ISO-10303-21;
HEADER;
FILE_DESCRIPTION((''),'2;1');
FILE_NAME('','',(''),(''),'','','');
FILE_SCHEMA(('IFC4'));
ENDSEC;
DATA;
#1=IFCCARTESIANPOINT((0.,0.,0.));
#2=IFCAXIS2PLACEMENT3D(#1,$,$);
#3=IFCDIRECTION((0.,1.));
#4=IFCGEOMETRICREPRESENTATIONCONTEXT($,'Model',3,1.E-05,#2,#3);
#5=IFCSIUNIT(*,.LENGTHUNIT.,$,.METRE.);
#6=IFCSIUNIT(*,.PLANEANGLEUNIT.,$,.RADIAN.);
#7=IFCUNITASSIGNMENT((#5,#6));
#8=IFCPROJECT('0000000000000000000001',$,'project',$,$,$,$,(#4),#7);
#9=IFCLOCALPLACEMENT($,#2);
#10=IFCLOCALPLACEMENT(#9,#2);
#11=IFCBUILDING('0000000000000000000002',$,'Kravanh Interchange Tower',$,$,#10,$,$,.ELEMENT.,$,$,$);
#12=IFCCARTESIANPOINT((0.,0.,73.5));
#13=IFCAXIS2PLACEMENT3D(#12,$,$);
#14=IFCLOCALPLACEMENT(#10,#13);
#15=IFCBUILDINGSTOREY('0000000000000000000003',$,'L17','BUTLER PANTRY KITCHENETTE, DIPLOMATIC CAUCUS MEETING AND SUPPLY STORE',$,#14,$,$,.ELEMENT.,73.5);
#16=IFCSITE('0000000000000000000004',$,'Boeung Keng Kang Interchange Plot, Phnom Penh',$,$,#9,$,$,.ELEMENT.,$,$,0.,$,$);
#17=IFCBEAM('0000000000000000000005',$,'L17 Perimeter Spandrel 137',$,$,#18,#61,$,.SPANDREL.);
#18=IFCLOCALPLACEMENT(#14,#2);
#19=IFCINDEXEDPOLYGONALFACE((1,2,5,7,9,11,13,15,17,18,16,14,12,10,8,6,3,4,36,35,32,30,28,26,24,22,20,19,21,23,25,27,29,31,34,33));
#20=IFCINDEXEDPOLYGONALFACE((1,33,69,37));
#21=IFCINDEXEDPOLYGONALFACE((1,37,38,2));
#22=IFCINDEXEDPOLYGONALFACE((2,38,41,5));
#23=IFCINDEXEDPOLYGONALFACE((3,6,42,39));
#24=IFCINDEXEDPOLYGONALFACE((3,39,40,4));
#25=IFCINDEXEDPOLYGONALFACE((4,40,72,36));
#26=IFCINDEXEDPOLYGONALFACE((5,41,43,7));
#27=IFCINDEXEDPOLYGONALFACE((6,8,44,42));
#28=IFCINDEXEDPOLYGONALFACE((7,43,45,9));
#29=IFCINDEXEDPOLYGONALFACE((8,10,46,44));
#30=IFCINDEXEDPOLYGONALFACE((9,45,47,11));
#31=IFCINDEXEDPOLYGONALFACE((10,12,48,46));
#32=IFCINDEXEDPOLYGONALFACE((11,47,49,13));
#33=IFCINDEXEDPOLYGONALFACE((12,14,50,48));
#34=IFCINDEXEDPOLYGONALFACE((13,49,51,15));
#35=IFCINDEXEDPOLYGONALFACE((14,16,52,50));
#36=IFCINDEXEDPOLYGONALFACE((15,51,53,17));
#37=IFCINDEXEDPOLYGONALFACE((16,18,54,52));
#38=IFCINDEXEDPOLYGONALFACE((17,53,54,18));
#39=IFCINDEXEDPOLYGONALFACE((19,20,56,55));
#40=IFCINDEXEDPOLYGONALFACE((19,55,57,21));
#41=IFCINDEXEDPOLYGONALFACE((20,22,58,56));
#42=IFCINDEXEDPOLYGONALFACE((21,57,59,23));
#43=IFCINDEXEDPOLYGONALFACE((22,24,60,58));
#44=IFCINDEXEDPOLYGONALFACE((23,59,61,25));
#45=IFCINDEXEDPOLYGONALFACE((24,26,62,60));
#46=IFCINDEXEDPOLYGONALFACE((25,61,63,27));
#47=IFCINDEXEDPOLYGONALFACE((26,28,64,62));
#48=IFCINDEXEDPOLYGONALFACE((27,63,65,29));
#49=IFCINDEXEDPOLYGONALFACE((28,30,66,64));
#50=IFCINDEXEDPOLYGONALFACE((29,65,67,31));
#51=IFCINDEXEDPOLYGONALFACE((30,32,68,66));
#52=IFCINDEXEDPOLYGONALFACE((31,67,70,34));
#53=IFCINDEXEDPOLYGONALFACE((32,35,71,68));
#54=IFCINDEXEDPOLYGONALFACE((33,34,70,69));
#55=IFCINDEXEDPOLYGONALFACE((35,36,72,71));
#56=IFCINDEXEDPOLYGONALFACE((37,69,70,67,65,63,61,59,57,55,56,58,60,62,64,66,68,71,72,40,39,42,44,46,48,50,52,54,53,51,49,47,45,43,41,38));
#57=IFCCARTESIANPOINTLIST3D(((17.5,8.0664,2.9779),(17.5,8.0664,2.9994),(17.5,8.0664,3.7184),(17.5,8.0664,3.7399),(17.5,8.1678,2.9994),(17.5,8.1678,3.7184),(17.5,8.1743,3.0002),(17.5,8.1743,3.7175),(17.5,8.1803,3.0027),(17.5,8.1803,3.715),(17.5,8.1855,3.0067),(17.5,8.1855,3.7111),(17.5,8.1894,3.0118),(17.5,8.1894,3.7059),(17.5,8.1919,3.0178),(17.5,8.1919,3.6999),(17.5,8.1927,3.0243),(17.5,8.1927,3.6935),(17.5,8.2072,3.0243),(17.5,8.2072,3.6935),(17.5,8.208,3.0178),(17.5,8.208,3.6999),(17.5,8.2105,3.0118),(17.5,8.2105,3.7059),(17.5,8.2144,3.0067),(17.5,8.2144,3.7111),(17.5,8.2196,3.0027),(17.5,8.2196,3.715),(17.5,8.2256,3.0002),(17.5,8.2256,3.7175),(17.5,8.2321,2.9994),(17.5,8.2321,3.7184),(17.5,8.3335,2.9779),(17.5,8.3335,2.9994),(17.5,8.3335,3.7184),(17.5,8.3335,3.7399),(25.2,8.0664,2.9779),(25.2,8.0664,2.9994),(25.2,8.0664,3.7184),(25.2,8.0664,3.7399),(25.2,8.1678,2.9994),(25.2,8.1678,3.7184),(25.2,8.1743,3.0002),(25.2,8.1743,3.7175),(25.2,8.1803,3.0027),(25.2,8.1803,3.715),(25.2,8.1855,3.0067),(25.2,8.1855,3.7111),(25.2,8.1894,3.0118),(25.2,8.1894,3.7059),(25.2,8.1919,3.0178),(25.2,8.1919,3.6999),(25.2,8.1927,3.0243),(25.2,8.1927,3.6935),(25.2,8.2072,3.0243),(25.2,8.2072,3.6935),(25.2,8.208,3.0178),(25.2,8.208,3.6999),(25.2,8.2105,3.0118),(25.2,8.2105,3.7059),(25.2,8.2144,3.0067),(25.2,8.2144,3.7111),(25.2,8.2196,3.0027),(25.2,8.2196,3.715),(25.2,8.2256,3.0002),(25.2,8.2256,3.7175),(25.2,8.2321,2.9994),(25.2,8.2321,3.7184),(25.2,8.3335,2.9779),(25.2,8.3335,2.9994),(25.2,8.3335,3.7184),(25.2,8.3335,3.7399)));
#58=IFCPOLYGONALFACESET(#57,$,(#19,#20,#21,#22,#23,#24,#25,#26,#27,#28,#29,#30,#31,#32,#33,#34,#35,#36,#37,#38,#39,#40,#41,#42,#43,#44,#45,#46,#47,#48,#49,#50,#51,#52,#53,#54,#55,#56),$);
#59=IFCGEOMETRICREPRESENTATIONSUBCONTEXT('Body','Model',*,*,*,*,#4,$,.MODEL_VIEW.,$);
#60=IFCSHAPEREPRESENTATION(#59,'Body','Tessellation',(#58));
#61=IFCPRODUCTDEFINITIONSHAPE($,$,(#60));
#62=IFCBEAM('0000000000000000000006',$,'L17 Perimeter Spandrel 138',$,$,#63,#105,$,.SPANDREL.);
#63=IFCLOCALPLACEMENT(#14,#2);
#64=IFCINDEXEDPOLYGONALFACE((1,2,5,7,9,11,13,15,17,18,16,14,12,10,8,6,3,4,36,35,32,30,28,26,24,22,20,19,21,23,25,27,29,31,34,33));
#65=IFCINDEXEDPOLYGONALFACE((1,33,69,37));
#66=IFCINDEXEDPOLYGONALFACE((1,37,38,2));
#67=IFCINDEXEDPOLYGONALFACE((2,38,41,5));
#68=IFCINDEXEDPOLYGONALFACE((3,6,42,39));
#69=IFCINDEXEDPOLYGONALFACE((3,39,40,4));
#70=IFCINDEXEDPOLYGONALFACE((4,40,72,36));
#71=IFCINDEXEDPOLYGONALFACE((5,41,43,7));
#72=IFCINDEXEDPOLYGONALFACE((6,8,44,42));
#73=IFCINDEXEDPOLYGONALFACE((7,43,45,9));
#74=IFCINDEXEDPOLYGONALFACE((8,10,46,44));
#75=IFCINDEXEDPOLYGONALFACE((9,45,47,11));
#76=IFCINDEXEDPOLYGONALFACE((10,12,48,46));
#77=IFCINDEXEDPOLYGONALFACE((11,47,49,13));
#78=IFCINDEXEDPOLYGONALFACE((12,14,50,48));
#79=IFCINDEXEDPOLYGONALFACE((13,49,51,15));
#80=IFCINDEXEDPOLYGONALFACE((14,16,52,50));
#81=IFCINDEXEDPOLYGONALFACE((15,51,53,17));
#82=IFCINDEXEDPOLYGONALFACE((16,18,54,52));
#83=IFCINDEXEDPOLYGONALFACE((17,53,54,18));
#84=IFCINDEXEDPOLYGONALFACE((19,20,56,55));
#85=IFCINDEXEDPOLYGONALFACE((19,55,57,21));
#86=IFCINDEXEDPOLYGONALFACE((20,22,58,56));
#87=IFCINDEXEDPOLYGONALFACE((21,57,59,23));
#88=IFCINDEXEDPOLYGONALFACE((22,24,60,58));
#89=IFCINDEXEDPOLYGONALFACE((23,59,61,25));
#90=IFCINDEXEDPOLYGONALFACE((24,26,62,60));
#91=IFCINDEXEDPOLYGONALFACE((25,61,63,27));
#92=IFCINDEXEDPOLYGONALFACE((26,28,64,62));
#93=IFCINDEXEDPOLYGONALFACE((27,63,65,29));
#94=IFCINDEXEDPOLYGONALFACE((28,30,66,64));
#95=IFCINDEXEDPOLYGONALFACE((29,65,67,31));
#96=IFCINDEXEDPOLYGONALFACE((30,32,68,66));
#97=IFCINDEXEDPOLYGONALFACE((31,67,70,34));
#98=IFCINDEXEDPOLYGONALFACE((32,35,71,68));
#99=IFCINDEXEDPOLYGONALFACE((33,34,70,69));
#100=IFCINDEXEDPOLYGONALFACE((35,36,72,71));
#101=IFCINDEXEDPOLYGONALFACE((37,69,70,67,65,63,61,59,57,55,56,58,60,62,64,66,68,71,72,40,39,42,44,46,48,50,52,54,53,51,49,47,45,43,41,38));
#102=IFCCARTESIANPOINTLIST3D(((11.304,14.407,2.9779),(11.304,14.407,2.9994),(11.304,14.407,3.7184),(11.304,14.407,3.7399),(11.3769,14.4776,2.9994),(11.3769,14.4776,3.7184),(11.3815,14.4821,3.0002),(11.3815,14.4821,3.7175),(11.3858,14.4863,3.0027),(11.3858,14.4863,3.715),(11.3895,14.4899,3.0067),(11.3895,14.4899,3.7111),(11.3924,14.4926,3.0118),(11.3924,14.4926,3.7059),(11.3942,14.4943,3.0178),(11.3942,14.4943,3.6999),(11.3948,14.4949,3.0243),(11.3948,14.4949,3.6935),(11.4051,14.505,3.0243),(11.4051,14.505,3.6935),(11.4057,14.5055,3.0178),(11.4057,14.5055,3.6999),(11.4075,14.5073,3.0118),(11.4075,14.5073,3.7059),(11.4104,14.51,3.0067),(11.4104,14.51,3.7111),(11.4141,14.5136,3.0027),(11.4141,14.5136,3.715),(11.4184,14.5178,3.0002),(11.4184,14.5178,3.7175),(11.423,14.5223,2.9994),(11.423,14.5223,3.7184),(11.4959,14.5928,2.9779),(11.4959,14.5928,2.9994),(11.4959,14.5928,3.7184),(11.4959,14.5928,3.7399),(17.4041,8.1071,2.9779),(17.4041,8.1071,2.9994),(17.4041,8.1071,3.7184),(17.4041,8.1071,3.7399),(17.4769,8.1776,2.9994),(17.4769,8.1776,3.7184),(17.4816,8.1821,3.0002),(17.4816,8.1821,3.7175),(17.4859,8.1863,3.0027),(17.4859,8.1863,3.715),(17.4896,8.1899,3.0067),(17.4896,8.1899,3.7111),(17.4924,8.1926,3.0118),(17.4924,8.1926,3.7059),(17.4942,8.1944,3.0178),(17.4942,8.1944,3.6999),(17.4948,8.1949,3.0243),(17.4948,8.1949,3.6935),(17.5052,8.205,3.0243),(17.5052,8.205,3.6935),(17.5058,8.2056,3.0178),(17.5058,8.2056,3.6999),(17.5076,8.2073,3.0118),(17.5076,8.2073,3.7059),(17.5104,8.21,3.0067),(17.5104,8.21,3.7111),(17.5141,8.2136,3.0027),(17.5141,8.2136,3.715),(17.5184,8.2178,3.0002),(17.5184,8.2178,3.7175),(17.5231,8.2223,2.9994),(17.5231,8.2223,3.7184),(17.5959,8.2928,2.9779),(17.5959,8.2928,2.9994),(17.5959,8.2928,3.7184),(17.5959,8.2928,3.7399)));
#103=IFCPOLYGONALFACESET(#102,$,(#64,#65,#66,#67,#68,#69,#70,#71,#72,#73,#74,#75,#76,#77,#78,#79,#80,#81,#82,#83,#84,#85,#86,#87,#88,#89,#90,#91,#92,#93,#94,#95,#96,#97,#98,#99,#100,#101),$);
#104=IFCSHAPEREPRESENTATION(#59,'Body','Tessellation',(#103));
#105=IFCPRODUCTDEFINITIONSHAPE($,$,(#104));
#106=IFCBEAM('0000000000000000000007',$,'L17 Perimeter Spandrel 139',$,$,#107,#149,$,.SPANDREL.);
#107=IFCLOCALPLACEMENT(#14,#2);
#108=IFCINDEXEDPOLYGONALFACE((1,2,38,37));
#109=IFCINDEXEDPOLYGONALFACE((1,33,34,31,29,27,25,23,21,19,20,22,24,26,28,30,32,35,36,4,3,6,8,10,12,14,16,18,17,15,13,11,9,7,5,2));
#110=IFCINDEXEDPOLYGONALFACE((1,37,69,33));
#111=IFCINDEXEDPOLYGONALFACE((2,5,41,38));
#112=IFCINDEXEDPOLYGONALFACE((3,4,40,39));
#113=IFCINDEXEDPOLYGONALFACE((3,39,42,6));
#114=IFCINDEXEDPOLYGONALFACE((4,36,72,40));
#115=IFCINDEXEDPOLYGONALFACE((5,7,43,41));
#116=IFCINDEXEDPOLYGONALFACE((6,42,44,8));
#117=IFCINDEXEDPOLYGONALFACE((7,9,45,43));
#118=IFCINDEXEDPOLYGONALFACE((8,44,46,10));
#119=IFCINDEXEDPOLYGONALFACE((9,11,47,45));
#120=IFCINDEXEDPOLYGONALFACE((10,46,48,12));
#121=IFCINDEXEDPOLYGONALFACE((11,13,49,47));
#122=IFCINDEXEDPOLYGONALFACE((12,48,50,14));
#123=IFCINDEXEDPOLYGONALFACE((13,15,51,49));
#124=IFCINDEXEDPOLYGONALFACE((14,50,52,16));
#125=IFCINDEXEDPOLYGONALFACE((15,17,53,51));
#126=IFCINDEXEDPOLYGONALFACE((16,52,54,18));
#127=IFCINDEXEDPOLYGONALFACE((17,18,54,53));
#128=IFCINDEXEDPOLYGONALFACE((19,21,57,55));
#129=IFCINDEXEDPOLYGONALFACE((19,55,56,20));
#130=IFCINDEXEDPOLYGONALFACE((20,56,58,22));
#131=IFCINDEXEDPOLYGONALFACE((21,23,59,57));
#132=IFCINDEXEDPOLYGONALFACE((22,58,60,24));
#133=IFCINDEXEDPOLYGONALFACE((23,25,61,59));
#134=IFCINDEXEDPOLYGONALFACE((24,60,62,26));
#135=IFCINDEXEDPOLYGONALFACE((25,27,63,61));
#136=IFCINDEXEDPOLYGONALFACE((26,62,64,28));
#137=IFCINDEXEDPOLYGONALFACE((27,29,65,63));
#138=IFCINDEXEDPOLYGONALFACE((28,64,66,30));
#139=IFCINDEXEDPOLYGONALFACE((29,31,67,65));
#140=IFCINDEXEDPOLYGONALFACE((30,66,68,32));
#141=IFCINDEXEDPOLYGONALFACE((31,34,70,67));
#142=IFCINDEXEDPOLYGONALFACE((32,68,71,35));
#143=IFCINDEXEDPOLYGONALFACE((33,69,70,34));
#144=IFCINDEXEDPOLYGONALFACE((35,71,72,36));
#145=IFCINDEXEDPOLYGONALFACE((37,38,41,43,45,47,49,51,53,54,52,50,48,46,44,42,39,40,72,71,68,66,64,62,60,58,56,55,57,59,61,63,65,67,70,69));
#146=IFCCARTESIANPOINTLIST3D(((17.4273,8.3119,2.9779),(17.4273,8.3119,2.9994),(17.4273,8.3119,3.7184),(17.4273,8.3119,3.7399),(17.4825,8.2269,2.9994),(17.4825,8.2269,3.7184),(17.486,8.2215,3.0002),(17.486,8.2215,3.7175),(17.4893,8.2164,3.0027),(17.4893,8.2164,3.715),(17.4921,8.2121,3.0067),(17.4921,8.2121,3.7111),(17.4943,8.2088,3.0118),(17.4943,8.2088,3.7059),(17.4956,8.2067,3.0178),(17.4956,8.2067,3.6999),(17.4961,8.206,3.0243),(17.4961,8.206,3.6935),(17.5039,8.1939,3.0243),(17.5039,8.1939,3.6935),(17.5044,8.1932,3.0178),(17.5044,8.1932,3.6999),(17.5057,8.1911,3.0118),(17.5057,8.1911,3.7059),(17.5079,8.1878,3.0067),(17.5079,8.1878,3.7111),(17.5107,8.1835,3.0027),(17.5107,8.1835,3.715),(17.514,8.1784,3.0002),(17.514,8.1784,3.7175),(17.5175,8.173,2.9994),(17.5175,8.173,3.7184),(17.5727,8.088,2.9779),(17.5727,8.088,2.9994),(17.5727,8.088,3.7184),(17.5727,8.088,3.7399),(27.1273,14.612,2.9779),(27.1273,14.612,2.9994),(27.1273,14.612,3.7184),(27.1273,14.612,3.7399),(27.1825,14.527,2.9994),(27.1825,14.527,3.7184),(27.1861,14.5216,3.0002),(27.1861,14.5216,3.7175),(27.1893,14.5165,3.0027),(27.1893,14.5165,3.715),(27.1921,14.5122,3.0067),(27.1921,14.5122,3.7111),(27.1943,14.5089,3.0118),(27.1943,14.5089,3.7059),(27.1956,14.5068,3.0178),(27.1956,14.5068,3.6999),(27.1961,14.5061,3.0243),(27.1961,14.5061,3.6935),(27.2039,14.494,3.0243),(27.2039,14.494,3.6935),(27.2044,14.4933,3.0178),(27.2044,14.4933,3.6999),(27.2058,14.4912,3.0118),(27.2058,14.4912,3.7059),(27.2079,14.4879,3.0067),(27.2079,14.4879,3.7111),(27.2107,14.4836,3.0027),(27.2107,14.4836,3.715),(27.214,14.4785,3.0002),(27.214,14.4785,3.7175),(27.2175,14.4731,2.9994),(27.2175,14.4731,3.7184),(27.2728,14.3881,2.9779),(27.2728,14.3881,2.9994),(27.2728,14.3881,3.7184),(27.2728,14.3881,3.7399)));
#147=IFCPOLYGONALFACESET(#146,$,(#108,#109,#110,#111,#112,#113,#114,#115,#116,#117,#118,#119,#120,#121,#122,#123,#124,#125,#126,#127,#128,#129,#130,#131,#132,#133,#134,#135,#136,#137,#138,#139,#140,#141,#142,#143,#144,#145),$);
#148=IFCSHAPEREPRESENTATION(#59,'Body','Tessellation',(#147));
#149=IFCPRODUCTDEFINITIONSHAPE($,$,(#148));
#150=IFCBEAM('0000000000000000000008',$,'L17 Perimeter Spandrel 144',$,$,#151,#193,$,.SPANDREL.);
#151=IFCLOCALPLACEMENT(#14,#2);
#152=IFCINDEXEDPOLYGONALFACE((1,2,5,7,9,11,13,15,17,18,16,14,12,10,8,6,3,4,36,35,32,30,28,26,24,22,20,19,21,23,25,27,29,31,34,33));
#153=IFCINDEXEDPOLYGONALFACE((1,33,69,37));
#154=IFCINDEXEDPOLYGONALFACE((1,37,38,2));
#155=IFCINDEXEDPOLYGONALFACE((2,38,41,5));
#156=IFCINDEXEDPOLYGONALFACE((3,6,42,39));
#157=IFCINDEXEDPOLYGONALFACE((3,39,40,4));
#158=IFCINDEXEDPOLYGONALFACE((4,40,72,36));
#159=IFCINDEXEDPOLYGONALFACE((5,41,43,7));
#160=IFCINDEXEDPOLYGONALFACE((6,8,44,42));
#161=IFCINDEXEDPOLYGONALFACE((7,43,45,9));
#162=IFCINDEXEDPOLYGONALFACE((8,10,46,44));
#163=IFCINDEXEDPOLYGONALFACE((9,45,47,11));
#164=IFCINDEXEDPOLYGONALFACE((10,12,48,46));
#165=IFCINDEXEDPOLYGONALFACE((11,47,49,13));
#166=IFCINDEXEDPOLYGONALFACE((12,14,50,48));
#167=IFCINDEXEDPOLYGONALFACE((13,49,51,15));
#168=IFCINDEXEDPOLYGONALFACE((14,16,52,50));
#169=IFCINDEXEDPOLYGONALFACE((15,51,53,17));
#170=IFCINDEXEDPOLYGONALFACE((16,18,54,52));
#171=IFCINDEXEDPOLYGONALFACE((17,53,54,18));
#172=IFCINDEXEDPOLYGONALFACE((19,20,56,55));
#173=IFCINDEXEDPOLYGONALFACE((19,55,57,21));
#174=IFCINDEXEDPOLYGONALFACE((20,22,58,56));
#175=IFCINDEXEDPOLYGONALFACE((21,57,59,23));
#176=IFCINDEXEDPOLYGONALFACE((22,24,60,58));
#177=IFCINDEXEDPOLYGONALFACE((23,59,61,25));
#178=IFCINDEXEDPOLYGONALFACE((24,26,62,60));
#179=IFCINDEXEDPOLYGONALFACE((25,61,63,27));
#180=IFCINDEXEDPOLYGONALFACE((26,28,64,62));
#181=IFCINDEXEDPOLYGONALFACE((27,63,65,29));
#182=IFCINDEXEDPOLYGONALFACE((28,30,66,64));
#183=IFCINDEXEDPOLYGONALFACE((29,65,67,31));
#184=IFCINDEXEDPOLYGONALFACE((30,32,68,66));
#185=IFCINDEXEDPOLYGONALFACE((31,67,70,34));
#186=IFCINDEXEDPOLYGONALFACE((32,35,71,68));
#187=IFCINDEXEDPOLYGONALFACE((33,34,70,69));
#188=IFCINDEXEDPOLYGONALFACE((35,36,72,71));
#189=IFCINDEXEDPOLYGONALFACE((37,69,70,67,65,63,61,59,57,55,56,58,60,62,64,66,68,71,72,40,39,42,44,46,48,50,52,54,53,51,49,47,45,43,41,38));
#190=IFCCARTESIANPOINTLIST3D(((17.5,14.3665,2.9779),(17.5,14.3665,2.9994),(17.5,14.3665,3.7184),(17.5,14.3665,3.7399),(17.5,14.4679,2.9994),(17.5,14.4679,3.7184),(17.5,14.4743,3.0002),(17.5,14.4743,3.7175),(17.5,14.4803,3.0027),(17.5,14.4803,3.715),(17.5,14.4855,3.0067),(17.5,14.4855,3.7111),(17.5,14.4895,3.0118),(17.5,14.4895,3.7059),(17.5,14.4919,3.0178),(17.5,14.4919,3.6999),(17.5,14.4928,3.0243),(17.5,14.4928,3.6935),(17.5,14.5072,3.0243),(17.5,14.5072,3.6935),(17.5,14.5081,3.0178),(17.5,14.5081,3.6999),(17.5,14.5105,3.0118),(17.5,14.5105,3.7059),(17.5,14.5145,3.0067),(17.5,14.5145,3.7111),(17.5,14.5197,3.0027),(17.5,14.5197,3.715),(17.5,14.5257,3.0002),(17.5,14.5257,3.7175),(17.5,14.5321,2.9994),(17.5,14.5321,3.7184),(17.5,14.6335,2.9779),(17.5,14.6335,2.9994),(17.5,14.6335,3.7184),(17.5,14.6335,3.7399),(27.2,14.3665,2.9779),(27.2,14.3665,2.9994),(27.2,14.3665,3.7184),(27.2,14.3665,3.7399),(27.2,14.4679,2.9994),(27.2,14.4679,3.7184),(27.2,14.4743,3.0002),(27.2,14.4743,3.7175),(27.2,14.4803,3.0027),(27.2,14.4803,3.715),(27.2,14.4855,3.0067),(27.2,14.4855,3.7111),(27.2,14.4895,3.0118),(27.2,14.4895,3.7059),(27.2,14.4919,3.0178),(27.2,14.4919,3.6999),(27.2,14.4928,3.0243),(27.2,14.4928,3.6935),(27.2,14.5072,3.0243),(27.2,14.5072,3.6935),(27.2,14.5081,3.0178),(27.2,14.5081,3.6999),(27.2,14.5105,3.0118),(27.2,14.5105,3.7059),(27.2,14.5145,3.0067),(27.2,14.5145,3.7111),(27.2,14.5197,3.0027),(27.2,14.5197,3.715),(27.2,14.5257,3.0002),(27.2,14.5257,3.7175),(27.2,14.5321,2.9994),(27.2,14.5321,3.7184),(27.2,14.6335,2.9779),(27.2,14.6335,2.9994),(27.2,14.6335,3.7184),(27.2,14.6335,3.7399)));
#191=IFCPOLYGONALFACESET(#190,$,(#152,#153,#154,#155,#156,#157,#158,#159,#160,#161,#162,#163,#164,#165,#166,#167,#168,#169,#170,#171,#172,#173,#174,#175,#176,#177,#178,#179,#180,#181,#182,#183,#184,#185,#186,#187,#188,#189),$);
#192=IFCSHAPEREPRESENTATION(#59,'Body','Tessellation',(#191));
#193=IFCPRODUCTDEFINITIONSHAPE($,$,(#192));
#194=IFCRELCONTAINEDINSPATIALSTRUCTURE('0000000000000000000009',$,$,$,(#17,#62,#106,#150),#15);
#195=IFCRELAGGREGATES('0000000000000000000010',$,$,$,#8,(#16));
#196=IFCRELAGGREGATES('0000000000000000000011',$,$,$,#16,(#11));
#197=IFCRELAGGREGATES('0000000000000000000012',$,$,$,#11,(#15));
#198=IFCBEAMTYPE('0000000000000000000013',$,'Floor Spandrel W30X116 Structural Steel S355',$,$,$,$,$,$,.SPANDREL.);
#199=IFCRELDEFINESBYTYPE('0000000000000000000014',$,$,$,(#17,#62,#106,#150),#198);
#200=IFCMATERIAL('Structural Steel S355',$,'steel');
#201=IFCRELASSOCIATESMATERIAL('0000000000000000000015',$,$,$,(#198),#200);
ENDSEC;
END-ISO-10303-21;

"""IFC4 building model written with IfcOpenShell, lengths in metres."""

from ifc_helpers import new_model, si_unit, direction, frame, origin, origin_2d, place, context, subcontext, project, spatial, i_section, extrude, material, material_profile, profile_set, type_object, element, save


model = new_model("IFC4")

# Units and contexts
model_context = context("Model", 3, precision=1e-05, world=origin(), true_north=direction((0.0, 1.0)))
body_context = subcontext(model_context, "Body", "Model", "MODEL_VIEW")
ifc_project = project(units=[si_unit("LENGTHUNIT", "METRE"), si_unit("PLANEANGLEUNIT", "RADIAN")], contexts=[model_context])

# Site, building, storey
site_placement = place(None, origin())
site = spatial("IfcSite", under=ifc_project, at=site_placement, Name="Boeung Keng Kang Interchange Plot, Phnom Penh", CompositionType="ELEMENT", RefElevation=0.0)
building_placement = place(site_placement, origin())
building = spatial("IfcBuilding", under=site, at=building_placement, Name="Kravanh Interchange Tower", CompositionType="ELEMENT")
storey_placement = place(building_placement, frame((0.0, 0.0, 73.5)))
storey = spatial("IfcBuildingStorey", under=building, at=storey_placement, Name="L17", Description="BUTLER PANTRY KITCHENETTE, DIPLOMATIC CAUCUS MEETING AND SUPPLY STORE", CompositionType="ELEMENT", Elevation=73.5)

# Beams
ifc_material_1 = material(Name="Structural Steel S355", Category="steel")
ifc_material_profile_1 = material_profile(ifc_material_1, i_section(OverallWidth=0.2671, OverallDepth=0.762, WebThickness=0.0144, FlangeThickness=0.0215, FilletRadius=0.0249, at=origin_2d()), Name="W30X116")
ifc_profile_set_1 = profile_set([ifc_material_profile_1], Name="Structural Steel S355")
beam_type_1 = type_object("IfcBeamType", Name="Floor Spandrel W30X116 Structural Steel S355", PredefinedType="SPANDREL", material=ifc_profile_set_1)
beam_1_placement = place(storey_placement, frame((17.5, 8.2, 3.3589), z_axis=(1.0, 0.0, 0.0), x_axis=(0.0, 1.0, 0.0)))
element("IfcBeam", 1, at=beam_1_placement, inside=storey, type_object=beam_type_1, Name="L17 Perimeter Spandrel 137", PredefinedType="SPANDREL", context=body_context, shape_type="SweptSolid", body=[
    extrude(i_section(OverallWidth=0.2671, OverallDepth=0.762, WebThickness=0.0144, FlangeThickness=0.0215, FilletRadius=0.0249, at=origin_2d()), origin(), (0.0, 0.0, 1.0), 7.7),
])
beam_2_placement = place(storey_placement, frame((17.5, 8.2, 3.3589), z_axis=(-0.695614, 0.718415, 0.0), x_axis=(-0.718415, -0.695614, 0.0)))
element("IfcBeam", 2, at=beam_2_placement, inside=storey, type_object=beam_type_1, Name="L17 Perimeter Spandrel 138", PredefinedType="SPANDREL", context=body_context, shape_type="SweptSolid", body=[
    extrude(i_section(OverallWidth=0.2671, OverallDepth=0.762, WebThickness=0.0144, FlangeThickness=0.0215, FilletRadius=0.0249, at=origin_2d()), origin(), (0.0, 0.0, 1.0), 8.7693),
])
beam_3_placement = place(storey_placement, frame((17.5, 8.2, 3.3589), z_axis=(0.838638, 0.544689, 0.0), x_axis=(-0.544689, 0.838638, 0.0)))
element("IfcBeam", 3, at=beam_3_placement, inside=storey, type_object=beam_type_1, Name="L17 Perimeter Spandrel 139", PredefinedType="SPANDREL", context=body_context, shape_type="SweptSolid", body=[
    extrude(i_section(OverallWidth=0.2671, OverallDepth=0.762, WebThickness=0.0144, FlangeThickness=0.0215, FilletRadius=0.0249, at=origin_2d()), origin(), (0.0, 0.0, 1.0), 11.5664),
])
beam_4_placement = place(storey_placement, frame((17.5, 14.5, 3.3589), z_axis=(1.0, 0.0, 0.0), x_axis=(0.0, 1.0, 0.0)))
element("IfcBeam", 4, at=beam_4_placement, inside=storey, type_object=beam_type_1, Name="L17 Perimeter Spandrel 144", PredefinedType="SPANDREL", context=body_context, shape_type="SweptSolid", body=[
    extrude(i_section(OverallWidth=0.2671, OverallDepth=0.762, WebThickness=0.0144, FlangeThickness=0.0215, FilletRadius=0.0249, at=origin_2d()), origin(), (0.0, 0.0, 1.0), 9.7),
])

save(model, "model.ifc")
